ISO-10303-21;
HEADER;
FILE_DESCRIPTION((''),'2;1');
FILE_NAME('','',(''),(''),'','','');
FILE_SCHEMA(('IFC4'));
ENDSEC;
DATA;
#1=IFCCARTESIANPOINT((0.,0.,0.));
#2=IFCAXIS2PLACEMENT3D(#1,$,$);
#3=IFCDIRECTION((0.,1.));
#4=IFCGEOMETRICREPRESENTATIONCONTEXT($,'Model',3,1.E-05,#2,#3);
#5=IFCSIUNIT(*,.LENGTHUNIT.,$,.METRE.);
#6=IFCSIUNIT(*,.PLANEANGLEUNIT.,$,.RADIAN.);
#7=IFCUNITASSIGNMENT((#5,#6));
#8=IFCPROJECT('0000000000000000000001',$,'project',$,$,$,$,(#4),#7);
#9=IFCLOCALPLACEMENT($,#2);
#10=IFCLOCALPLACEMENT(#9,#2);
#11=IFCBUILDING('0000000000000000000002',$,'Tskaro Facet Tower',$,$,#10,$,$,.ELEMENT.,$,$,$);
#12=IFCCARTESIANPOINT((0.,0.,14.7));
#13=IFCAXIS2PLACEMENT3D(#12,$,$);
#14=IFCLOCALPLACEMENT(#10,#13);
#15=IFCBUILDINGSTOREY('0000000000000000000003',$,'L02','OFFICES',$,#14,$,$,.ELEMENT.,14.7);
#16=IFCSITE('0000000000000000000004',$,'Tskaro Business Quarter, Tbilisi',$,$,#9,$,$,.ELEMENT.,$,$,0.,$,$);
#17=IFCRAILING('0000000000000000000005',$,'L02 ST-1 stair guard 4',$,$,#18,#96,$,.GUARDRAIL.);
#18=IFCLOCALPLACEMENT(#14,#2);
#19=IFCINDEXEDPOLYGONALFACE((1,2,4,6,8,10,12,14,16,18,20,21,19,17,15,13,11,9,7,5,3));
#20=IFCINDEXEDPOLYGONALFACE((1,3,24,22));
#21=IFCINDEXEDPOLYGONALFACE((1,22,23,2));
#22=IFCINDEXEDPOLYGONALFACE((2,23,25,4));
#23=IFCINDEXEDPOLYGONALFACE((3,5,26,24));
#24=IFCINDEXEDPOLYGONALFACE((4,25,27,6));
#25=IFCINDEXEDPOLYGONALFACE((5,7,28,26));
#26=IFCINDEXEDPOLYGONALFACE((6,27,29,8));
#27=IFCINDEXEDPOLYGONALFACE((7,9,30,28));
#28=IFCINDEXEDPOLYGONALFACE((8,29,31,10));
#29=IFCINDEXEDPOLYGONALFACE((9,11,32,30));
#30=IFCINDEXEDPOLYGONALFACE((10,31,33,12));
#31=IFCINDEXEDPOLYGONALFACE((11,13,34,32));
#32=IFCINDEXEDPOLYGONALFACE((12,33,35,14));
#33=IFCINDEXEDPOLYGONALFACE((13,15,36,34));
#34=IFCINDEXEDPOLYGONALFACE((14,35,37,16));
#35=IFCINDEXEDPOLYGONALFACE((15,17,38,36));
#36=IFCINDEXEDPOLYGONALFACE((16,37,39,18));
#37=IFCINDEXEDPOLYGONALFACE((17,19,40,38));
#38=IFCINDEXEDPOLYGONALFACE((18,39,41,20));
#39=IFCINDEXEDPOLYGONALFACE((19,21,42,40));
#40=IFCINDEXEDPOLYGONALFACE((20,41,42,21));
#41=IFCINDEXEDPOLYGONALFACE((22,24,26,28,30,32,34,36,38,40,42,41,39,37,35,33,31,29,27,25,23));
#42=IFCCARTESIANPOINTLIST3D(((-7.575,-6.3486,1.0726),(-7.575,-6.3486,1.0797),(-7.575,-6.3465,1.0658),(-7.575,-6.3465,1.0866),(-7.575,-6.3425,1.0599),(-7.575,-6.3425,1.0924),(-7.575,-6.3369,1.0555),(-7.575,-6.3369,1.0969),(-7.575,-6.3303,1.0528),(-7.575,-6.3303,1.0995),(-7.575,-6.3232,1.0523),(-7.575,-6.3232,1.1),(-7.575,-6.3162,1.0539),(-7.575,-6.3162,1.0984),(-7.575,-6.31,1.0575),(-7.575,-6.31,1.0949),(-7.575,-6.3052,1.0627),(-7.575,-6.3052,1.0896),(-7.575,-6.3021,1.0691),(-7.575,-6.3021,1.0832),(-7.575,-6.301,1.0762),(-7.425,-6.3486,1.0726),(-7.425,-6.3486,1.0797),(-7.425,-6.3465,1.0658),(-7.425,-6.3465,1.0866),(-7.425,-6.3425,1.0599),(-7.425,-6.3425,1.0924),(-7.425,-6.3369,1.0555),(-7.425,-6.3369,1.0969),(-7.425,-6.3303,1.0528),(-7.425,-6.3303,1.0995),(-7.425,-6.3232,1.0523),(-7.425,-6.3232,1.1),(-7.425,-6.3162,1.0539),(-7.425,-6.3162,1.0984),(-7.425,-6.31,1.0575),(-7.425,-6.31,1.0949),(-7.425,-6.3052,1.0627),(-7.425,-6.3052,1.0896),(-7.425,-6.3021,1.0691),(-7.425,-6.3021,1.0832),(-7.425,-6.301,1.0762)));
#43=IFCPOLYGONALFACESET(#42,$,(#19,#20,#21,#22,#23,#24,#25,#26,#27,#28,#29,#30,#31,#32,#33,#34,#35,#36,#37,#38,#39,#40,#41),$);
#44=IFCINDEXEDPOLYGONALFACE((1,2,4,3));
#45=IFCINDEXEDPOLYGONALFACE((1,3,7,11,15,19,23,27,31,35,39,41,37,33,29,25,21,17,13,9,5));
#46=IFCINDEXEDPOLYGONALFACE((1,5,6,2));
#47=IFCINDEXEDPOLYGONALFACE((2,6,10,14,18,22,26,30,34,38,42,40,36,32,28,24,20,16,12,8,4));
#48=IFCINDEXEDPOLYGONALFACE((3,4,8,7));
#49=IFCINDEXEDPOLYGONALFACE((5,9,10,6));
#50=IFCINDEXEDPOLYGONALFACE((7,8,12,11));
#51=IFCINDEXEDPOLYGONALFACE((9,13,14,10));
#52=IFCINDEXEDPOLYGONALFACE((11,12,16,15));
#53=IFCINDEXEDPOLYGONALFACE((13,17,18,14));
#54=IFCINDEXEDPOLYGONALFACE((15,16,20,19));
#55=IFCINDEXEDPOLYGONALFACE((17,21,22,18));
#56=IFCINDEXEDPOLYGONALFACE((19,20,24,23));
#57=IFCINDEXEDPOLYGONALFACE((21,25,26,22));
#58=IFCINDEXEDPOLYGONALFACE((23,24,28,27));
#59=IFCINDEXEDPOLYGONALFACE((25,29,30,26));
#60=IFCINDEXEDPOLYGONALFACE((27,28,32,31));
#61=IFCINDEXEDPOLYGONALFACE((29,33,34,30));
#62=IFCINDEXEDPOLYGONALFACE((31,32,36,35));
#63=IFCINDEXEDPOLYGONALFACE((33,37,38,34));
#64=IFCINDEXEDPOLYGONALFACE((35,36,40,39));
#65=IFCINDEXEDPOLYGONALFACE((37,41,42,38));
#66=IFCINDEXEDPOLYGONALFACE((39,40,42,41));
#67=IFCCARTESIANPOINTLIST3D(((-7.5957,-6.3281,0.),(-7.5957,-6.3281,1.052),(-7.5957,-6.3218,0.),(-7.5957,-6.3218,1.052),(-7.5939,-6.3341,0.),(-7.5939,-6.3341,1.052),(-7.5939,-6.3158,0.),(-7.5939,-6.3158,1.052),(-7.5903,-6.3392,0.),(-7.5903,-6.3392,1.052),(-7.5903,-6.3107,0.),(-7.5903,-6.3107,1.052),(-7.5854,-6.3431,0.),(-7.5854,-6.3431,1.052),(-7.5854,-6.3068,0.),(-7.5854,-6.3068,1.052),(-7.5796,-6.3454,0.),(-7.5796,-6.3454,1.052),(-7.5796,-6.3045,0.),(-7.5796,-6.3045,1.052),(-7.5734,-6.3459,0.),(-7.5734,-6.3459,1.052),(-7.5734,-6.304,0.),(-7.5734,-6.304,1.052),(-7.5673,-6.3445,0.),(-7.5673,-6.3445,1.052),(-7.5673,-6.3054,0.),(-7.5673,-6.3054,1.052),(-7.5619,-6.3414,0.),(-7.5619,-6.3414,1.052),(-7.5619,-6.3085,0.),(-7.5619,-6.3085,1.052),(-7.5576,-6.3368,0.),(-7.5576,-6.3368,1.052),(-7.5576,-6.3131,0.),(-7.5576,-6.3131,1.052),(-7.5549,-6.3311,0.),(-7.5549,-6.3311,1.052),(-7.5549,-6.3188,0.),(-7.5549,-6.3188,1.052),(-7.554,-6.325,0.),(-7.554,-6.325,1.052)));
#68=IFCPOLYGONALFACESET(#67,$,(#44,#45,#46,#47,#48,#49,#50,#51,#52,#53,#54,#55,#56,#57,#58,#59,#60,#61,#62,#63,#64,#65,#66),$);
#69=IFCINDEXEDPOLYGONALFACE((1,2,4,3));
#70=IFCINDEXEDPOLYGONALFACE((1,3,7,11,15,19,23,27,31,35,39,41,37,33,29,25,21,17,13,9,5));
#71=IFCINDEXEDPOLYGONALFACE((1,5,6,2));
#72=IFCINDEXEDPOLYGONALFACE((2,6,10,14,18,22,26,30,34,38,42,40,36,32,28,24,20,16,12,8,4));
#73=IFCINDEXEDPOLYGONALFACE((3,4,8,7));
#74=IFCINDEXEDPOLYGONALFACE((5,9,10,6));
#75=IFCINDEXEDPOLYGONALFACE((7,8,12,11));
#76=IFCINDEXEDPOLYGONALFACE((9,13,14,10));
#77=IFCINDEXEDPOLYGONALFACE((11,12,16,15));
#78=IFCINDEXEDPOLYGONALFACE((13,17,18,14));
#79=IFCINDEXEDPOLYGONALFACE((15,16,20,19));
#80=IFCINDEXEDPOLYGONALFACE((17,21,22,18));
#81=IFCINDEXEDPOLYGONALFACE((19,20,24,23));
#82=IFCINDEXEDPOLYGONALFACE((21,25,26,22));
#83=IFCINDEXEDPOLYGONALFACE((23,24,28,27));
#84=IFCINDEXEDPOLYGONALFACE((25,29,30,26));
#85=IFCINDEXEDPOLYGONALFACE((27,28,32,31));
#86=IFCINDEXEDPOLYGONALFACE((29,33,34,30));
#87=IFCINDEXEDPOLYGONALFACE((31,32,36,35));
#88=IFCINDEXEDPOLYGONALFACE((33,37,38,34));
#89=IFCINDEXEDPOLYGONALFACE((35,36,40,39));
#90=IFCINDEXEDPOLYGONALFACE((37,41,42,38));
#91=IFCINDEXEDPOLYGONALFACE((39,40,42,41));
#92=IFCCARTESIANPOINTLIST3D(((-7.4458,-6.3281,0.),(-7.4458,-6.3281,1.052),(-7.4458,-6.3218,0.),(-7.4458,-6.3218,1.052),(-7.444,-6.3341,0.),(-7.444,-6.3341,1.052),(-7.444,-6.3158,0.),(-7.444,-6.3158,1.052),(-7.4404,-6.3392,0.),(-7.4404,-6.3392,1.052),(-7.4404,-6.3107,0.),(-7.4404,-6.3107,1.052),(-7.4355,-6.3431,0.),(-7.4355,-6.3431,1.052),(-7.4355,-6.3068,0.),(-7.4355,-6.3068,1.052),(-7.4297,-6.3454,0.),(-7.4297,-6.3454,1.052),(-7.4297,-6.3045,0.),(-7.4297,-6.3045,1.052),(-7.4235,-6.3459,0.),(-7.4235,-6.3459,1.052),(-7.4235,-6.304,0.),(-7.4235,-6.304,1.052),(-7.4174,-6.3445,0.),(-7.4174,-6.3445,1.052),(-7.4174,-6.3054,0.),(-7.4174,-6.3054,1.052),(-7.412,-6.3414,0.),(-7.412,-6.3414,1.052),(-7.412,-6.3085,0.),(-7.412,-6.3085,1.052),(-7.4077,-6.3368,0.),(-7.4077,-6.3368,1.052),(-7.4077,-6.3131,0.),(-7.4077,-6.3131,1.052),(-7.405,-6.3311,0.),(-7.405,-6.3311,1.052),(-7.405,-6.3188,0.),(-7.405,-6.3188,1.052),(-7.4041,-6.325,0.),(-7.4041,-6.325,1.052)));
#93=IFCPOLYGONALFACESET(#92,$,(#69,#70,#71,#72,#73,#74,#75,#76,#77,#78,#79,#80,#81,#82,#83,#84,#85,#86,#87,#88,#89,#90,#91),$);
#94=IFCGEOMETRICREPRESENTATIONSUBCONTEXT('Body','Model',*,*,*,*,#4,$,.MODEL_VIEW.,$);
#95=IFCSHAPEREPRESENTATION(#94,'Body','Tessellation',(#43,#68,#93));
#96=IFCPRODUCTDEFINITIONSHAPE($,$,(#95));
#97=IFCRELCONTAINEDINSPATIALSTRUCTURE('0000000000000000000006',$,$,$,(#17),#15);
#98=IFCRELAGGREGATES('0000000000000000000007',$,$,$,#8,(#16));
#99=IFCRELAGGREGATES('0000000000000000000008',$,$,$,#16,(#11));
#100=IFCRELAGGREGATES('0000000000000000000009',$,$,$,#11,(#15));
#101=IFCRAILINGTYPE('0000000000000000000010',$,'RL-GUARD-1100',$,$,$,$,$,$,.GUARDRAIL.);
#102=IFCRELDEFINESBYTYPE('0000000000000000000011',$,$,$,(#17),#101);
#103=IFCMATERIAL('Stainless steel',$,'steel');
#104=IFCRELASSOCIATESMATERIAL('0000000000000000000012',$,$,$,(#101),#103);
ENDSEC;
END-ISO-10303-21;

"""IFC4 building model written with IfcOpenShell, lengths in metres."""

from ifc_helpers import new_model, si_unit, direction, frame, origin, origin_2d, place, context, subcontext, project, spatial, circle, extrude, material, type_object, element, save


model = new_model("IFC4")

# Units and contexts
model_context = context("Model", 3, precision=1e-05, world=origin(), true_north=direction((0.0, 1.0)))
body_context = subcontext(model_context, "Body", "Model", "MODEL_VIEW")
ifc_project = project(units=[si_unit("LENGTHUNIT", "METRE"), si_unit("PLANEANGLEUNIT", "RADIAN")], contexts=[model_context])

# Site, building, storey
site_placement = place(None, origin())
site = spatial("IfcSite", under=ifc_project, at=site_placement, Name="Tskaro Business Quarter, Tbilisi", CompositionType="ELEMENT", RefElevation=0.0)
building_placement = place(site_placement, origin())
building = spatial("IfcBuilding", under=site, at=building_placement, Name="Tskaro Facet Tower", CompositionType="ELEMENT")
storey_placement = place(building_placement, frame((0.0, 0.0, 14.7)))
storey = spatial("IfcBuildingStorey", under=building, at=storey_placement, Name="L02", Description="OFFICES", CompositionType="ELEMENT", Elevation=14.7)

# Shared definitions
ifc_material_1 = material(Name="Stainless steel", Category="steel")

# Railing
railing_type_1 = type_object("IfcRailingType", Name="RL-GUARD-1100", PredefinedType="GUARDRAIL", material=ifc_material_1)
railing_1_placement = place(storey_placement, frame((-7.575, -6.325, 0.0)))
element("IfcRailing", 1, at=railing_1_placement, inside=storey, type_object=railing_type_1, Name="L02 ST-1 stair guard 4", PredefinedType="GUARDRAIL", context=body_context, shape_type="SweptSolid", body=[
    extrude(circle(Radius=0.0239, at=origin_2d()), frame((0.0, 0.0, 1.0762), z_axis=(1.0, 0.0, 0.0), x_axis=(0.0, 1.0, 0.0)), (0.0, 0.0, 1.0), 0.1499),
    extrude(circle(Radius=0.021, at=origin_2d()), origin(), (0.0, 0.0, 1.0), 1.052),
    extrude(circle(Radius=0.021, at=origin_2d()), frame((0.1499, 0.0, 0.0)), (0.0, 0.0, 1.0), 1.052),
])

save(model, "model.ifc")
